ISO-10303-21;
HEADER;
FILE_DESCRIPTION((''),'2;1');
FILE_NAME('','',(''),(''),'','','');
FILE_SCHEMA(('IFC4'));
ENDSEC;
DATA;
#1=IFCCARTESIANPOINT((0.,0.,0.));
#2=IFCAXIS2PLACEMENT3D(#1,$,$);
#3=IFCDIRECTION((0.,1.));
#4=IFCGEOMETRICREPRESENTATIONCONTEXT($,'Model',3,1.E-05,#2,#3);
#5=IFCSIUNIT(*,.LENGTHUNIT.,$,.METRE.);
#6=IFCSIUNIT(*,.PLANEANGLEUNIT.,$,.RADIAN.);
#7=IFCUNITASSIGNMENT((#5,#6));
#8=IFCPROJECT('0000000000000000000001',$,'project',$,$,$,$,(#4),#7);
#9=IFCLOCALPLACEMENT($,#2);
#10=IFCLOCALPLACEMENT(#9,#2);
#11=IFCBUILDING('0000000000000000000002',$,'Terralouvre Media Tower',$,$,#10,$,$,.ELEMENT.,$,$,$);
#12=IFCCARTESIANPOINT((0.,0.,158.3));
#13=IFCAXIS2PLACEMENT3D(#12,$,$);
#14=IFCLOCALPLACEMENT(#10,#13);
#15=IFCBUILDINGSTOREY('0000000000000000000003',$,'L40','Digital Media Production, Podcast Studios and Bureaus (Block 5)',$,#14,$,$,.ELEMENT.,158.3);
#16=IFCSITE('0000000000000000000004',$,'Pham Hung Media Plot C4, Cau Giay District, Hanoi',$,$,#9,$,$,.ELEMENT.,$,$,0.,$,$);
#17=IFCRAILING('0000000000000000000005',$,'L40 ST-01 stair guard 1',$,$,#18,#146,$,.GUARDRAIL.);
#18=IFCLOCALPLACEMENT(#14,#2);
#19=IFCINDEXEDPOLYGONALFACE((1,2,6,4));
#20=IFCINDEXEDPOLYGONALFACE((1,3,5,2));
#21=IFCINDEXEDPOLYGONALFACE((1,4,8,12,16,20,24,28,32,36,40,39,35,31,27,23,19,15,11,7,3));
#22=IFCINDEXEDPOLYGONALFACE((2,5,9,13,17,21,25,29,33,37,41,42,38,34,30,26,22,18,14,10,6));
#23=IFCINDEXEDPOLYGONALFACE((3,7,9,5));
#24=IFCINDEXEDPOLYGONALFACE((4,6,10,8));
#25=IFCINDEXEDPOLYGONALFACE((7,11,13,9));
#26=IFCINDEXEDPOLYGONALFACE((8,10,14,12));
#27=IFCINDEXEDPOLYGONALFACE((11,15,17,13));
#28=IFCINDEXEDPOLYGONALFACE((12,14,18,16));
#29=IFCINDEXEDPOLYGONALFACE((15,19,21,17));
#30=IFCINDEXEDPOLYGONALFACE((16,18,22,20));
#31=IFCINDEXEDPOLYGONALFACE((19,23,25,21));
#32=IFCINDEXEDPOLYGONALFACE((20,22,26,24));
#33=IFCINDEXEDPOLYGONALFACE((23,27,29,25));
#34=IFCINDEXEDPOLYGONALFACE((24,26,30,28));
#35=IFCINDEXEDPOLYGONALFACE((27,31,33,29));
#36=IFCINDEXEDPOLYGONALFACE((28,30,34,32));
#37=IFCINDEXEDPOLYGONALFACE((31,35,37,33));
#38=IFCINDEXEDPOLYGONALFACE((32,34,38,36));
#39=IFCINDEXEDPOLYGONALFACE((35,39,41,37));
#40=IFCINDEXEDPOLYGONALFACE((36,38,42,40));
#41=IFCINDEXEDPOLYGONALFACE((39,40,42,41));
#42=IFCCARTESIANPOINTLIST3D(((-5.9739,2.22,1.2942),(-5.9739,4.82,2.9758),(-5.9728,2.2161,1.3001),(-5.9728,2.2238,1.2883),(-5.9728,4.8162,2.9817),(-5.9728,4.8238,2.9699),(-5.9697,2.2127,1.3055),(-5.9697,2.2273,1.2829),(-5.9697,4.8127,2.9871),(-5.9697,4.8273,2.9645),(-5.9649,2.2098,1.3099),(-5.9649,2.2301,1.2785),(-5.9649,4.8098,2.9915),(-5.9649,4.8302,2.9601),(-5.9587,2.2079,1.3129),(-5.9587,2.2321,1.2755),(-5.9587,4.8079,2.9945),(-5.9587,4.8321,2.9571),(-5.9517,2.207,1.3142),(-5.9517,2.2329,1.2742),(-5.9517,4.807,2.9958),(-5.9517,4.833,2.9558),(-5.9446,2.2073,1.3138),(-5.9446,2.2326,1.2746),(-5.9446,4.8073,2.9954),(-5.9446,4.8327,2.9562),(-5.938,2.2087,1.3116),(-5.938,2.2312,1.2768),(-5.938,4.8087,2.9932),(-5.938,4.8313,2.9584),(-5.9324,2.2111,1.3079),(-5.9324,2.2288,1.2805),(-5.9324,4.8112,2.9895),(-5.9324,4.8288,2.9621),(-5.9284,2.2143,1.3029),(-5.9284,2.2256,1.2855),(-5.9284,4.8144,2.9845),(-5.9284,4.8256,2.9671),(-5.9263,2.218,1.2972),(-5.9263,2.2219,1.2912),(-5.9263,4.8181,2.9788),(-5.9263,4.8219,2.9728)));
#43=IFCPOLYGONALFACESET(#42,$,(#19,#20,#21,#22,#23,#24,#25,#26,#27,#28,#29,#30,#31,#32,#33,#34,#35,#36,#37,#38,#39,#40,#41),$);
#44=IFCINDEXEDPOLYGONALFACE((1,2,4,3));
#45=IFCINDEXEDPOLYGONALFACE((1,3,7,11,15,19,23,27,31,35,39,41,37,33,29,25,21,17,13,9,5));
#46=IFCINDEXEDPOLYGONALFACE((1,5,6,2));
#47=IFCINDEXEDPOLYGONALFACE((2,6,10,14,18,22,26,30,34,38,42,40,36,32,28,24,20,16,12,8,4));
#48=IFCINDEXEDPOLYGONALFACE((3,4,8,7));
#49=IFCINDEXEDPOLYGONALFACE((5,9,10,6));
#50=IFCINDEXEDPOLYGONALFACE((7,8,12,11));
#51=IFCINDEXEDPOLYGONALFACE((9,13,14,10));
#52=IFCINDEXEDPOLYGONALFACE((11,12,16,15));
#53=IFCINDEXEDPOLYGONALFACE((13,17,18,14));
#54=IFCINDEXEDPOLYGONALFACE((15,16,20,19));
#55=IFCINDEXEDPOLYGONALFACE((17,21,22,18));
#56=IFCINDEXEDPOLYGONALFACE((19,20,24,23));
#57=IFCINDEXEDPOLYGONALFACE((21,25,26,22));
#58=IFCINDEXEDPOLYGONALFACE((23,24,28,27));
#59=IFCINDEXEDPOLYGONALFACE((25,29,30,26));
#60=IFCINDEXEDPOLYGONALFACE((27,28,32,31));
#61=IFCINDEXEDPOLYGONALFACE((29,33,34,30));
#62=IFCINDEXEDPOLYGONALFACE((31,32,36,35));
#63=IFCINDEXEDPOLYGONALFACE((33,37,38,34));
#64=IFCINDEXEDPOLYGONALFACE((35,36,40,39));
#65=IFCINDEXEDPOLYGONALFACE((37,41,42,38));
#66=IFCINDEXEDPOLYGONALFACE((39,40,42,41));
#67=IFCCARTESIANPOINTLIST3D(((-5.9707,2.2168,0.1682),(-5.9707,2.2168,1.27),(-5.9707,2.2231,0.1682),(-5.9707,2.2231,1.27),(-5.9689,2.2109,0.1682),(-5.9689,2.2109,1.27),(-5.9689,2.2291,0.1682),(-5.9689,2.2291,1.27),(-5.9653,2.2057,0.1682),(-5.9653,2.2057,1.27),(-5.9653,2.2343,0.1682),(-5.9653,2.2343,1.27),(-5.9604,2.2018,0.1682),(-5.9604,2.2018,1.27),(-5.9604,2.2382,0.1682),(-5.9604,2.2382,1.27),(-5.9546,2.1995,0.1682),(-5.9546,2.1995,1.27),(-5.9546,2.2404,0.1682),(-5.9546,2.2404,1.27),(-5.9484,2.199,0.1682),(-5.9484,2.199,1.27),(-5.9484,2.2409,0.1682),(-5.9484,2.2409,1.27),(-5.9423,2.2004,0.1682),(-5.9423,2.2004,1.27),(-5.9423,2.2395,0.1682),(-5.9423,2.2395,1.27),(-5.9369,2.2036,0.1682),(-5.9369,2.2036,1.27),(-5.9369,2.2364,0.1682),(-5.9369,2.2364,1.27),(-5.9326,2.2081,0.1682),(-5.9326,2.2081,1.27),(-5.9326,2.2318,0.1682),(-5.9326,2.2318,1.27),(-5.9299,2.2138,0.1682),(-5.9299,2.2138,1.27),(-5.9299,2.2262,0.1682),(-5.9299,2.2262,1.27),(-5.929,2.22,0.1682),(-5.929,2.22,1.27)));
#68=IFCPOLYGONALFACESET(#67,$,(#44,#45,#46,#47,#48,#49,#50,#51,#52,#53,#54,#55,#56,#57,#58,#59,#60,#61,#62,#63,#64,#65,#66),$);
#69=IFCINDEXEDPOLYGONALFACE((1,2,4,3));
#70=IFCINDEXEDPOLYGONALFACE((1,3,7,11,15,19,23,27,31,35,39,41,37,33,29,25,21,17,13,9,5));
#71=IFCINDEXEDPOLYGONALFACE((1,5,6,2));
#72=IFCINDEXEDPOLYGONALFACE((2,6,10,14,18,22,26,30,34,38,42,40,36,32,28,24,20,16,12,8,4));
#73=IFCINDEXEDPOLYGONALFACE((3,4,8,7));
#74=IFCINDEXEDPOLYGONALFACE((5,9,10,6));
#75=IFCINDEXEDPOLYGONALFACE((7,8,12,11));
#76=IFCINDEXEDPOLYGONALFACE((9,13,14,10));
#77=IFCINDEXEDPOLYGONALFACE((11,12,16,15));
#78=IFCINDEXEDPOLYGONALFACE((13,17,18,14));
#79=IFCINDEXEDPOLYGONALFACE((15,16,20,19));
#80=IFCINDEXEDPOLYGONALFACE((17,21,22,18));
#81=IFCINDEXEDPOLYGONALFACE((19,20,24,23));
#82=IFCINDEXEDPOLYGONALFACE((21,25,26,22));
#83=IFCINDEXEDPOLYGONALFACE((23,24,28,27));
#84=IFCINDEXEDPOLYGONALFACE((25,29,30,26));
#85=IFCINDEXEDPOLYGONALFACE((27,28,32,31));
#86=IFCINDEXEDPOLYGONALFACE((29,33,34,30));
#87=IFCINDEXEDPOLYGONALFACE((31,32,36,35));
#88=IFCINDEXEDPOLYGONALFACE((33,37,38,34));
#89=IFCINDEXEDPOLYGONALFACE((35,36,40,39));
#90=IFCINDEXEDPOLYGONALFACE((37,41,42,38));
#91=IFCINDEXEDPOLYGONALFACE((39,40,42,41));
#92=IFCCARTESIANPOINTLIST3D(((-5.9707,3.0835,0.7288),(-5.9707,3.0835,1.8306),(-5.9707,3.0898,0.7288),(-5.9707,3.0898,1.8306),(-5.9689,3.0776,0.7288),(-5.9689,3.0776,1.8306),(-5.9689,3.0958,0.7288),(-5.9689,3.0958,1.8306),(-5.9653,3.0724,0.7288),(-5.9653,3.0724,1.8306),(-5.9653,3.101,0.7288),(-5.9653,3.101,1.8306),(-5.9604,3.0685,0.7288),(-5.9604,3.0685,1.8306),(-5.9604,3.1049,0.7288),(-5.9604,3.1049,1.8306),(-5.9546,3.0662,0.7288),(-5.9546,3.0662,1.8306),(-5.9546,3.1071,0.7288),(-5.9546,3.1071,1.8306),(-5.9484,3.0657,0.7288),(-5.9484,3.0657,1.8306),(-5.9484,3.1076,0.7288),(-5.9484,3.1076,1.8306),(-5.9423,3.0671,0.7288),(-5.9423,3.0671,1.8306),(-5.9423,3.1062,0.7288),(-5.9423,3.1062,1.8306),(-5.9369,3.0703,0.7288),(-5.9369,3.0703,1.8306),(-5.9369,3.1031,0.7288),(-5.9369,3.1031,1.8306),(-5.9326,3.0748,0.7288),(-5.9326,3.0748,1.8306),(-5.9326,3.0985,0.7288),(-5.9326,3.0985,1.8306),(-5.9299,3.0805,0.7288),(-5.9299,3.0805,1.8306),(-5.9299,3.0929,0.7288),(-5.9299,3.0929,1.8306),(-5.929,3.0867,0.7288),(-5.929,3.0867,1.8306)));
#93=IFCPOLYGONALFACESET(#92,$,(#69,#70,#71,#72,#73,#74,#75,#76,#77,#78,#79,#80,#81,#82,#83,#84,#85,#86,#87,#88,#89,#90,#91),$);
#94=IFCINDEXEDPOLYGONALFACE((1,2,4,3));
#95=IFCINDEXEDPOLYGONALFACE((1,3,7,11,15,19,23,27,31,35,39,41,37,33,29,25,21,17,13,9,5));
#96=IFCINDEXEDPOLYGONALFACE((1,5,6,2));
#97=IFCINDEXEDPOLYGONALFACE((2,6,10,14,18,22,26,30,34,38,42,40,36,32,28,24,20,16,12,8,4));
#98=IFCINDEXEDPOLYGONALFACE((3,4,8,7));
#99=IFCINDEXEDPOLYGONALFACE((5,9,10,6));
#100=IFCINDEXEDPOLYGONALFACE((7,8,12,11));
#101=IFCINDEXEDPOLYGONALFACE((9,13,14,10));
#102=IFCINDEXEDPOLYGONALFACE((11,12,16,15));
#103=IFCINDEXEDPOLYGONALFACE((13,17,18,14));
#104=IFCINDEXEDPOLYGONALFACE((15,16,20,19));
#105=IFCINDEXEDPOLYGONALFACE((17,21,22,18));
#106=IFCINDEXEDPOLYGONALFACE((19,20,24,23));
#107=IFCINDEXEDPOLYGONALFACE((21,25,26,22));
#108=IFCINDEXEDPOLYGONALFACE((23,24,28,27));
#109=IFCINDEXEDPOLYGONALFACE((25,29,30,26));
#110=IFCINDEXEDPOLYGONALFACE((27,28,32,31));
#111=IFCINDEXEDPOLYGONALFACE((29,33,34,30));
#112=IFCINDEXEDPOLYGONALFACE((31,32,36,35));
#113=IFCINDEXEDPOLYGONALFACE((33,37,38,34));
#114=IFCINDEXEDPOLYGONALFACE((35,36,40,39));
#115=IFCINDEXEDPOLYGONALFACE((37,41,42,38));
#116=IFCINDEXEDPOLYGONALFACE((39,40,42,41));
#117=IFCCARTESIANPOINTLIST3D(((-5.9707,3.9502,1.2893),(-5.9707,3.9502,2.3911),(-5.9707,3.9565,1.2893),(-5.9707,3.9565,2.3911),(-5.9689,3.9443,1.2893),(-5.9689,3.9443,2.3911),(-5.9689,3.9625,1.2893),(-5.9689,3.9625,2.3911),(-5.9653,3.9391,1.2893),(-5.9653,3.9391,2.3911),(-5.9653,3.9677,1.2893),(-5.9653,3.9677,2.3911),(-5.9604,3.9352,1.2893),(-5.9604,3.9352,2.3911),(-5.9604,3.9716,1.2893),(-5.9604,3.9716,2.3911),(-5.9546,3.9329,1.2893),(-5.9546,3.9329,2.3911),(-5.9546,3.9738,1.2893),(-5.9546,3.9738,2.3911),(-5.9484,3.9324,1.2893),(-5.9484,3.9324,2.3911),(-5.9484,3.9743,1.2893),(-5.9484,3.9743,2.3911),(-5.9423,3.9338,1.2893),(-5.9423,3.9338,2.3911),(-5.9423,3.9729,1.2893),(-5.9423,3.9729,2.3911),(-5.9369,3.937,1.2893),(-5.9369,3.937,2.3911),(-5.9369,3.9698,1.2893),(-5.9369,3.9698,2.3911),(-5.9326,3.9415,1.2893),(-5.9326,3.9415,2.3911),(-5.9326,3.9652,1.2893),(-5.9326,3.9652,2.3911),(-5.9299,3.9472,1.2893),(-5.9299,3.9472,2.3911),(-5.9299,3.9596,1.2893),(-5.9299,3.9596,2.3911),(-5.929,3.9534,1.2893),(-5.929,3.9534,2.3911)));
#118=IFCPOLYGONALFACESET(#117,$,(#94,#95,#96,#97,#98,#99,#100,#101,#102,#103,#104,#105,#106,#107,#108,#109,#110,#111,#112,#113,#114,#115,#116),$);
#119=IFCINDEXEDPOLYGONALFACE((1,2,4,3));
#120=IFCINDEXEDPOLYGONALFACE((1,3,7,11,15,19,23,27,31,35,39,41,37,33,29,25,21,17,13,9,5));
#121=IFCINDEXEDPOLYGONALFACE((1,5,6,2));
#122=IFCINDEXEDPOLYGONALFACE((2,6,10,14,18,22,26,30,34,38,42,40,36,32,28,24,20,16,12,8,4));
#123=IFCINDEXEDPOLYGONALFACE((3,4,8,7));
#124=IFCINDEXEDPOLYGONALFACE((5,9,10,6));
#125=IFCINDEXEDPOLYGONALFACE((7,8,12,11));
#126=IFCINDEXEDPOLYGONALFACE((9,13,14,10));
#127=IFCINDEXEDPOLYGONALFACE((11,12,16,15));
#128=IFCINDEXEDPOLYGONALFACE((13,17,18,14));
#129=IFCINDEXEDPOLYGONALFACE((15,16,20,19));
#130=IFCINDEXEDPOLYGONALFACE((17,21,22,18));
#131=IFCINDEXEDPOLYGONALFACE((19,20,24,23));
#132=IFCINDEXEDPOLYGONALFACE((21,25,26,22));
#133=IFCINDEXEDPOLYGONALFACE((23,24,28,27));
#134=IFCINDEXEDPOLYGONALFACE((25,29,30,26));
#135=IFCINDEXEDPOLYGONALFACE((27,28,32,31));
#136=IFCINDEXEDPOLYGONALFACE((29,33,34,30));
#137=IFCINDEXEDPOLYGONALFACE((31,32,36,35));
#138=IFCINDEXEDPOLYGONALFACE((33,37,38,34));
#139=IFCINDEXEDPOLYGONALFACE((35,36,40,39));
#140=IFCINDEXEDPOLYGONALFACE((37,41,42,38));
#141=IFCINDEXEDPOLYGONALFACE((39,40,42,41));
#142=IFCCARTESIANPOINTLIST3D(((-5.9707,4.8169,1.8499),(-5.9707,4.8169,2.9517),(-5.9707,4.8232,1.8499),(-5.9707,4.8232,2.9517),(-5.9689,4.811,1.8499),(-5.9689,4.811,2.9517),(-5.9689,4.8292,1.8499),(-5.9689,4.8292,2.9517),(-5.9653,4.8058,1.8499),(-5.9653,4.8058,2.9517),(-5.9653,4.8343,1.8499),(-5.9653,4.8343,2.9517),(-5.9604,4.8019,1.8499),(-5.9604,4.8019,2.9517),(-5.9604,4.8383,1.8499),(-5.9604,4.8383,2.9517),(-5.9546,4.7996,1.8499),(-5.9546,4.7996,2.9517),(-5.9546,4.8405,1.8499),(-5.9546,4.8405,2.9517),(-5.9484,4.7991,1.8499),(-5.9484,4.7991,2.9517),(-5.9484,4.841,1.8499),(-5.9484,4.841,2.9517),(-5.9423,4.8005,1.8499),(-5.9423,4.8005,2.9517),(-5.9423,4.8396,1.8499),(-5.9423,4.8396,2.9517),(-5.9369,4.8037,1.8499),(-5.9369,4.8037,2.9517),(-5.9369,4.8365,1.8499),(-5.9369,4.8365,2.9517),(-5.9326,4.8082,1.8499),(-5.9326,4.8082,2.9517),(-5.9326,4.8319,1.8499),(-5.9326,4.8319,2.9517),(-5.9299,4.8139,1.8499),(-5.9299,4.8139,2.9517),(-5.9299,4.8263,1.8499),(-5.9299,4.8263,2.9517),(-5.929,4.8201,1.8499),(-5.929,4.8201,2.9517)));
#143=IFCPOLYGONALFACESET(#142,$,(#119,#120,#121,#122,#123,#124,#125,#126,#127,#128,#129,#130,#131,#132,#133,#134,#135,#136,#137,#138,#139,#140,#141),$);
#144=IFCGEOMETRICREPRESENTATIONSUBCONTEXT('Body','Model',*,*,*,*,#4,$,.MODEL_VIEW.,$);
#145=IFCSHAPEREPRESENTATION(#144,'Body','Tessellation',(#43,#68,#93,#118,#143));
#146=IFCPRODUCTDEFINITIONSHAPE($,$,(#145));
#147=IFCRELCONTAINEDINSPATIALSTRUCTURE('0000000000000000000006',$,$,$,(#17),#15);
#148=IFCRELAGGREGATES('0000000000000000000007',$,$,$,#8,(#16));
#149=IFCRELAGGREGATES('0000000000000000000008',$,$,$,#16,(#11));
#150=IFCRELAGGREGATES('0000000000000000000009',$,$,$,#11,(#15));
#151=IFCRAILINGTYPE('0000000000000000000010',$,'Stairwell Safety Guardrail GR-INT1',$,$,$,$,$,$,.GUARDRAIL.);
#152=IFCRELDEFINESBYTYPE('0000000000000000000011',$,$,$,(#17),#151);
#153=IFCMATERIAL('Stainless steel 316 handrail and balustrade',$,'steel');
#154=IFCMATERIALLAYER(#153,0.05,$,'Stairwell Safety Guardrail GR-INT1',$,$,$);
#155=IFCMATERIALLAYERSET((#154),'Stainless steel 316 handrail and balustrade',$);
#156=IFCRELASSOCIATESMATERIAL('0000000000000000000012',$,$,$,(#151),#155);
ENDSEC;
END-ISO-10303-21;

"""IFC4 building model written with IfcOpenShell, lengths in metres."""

from ifc_helpers import new_model, si_unit, direction, frame, origin, origin_2d, place, context, subcontext, project, spatial, circle, extrude, material, layer, layer_set, type_object, element, save


model = new_model("IFC4")

# Units and contexts
model_context = context("Model", 3, precision=1e-05, world=origin(), true_north=direction((0.0, 1.0)))
body_context = subcontext(model_context, "Body", "Model", "MODEL_VIEW")
ifc_project = project(units=[si_unit("LENGTHUNIT", "METRE"), si_unit("PLANEANGLEUNIT", "RADIAN")], contexts=[model_context])

# Site, building, storey
site_placement = place(None, origin())
site = spatial("IfcSite", under=ifc_project, at=site_placement, Name="Pham Hung Media Plot C4, Cau Giay District, Hanoi", CompositionType="ELEMENT", RefElevation=0.0)
building_placement = place(site_placement, origin())
building = spatial("IfcBuilding", under=site, at=building_placement, Name="Terralouvre Media Tower", CompositionType="ELEMENT")
storey_placement = place(building_placement, frame((0.0, 0.0, 158.3)))
storey = spatial("IfcBuildingStorey", under=building, at=storey_placement, Name="L40", Description="Digital Media Production, Podcast Studios and Bureaus (Block 5)", CompositionType="ELEMENT", Elevation=158.3)

# Railing
ifc_material_1 = material(Name="Stainless steel 316 handrail and balustrade", Category="steel")
ifc_layer_1 = layer(ifc_material_1, 0.05, Name="Stairwell Safety Guardrail GR-INT1")
ifc_layer_set_1 = layer_set([ifc_layer_1], Name="Stainless steel 316 handrail and balustrade")
railing_type_1 = type_object("IfcRailingType", Name="Stairwell Safety Guardrail GR-INT1", PredefinedType="GUARDRAIL", material=ifc_layer_set_1)
railing_1_placement = place(storey_placement, frame((-5.95, 2.22, 0.1682)))
element("IfcRailing", 1, at=railing_1_placement, inside=storey, type_object=railing_type_1, Name="L40 ST-01 stair guard 1", PredefinedType="GUARDRAIL", context=body_context, shape_type="SweptSolid", body=[
    extrude(circle(Radius=0.0239, at=origin_2d()), frame((0.0, 0.0, 1.126), z_axis=(0.0, 0.839684, 0.543075), x_axis=(-1.0, 0.0, 0.0)), (0.0, 0.0, 1.0), 3.0964),
    extrude(circle(Radius=0.021, at=origin_2d()), origin(), (0.0, 0.0, 1.0), 1.1018),
    extrude(circle(Radius=0.021, at=origin_2d()), frame((0.0, 0.8667, 0.5605)), (0.0, 0.0, 1.0), 1.1018),
    extrude(circle(Radius=0.021, at=origin_2d()), frame((0.0, 1.7334, 1.1211)), (0.0, 0.0, 1.0), 1.1018),
    extrude(circle(Radius=0.021, at=origin_2d()), frame((0.0, 2.6001, 1.6816)), (0.0, 0.0, 1.0), 1.1018),
])

save(model, "model.ifc")
